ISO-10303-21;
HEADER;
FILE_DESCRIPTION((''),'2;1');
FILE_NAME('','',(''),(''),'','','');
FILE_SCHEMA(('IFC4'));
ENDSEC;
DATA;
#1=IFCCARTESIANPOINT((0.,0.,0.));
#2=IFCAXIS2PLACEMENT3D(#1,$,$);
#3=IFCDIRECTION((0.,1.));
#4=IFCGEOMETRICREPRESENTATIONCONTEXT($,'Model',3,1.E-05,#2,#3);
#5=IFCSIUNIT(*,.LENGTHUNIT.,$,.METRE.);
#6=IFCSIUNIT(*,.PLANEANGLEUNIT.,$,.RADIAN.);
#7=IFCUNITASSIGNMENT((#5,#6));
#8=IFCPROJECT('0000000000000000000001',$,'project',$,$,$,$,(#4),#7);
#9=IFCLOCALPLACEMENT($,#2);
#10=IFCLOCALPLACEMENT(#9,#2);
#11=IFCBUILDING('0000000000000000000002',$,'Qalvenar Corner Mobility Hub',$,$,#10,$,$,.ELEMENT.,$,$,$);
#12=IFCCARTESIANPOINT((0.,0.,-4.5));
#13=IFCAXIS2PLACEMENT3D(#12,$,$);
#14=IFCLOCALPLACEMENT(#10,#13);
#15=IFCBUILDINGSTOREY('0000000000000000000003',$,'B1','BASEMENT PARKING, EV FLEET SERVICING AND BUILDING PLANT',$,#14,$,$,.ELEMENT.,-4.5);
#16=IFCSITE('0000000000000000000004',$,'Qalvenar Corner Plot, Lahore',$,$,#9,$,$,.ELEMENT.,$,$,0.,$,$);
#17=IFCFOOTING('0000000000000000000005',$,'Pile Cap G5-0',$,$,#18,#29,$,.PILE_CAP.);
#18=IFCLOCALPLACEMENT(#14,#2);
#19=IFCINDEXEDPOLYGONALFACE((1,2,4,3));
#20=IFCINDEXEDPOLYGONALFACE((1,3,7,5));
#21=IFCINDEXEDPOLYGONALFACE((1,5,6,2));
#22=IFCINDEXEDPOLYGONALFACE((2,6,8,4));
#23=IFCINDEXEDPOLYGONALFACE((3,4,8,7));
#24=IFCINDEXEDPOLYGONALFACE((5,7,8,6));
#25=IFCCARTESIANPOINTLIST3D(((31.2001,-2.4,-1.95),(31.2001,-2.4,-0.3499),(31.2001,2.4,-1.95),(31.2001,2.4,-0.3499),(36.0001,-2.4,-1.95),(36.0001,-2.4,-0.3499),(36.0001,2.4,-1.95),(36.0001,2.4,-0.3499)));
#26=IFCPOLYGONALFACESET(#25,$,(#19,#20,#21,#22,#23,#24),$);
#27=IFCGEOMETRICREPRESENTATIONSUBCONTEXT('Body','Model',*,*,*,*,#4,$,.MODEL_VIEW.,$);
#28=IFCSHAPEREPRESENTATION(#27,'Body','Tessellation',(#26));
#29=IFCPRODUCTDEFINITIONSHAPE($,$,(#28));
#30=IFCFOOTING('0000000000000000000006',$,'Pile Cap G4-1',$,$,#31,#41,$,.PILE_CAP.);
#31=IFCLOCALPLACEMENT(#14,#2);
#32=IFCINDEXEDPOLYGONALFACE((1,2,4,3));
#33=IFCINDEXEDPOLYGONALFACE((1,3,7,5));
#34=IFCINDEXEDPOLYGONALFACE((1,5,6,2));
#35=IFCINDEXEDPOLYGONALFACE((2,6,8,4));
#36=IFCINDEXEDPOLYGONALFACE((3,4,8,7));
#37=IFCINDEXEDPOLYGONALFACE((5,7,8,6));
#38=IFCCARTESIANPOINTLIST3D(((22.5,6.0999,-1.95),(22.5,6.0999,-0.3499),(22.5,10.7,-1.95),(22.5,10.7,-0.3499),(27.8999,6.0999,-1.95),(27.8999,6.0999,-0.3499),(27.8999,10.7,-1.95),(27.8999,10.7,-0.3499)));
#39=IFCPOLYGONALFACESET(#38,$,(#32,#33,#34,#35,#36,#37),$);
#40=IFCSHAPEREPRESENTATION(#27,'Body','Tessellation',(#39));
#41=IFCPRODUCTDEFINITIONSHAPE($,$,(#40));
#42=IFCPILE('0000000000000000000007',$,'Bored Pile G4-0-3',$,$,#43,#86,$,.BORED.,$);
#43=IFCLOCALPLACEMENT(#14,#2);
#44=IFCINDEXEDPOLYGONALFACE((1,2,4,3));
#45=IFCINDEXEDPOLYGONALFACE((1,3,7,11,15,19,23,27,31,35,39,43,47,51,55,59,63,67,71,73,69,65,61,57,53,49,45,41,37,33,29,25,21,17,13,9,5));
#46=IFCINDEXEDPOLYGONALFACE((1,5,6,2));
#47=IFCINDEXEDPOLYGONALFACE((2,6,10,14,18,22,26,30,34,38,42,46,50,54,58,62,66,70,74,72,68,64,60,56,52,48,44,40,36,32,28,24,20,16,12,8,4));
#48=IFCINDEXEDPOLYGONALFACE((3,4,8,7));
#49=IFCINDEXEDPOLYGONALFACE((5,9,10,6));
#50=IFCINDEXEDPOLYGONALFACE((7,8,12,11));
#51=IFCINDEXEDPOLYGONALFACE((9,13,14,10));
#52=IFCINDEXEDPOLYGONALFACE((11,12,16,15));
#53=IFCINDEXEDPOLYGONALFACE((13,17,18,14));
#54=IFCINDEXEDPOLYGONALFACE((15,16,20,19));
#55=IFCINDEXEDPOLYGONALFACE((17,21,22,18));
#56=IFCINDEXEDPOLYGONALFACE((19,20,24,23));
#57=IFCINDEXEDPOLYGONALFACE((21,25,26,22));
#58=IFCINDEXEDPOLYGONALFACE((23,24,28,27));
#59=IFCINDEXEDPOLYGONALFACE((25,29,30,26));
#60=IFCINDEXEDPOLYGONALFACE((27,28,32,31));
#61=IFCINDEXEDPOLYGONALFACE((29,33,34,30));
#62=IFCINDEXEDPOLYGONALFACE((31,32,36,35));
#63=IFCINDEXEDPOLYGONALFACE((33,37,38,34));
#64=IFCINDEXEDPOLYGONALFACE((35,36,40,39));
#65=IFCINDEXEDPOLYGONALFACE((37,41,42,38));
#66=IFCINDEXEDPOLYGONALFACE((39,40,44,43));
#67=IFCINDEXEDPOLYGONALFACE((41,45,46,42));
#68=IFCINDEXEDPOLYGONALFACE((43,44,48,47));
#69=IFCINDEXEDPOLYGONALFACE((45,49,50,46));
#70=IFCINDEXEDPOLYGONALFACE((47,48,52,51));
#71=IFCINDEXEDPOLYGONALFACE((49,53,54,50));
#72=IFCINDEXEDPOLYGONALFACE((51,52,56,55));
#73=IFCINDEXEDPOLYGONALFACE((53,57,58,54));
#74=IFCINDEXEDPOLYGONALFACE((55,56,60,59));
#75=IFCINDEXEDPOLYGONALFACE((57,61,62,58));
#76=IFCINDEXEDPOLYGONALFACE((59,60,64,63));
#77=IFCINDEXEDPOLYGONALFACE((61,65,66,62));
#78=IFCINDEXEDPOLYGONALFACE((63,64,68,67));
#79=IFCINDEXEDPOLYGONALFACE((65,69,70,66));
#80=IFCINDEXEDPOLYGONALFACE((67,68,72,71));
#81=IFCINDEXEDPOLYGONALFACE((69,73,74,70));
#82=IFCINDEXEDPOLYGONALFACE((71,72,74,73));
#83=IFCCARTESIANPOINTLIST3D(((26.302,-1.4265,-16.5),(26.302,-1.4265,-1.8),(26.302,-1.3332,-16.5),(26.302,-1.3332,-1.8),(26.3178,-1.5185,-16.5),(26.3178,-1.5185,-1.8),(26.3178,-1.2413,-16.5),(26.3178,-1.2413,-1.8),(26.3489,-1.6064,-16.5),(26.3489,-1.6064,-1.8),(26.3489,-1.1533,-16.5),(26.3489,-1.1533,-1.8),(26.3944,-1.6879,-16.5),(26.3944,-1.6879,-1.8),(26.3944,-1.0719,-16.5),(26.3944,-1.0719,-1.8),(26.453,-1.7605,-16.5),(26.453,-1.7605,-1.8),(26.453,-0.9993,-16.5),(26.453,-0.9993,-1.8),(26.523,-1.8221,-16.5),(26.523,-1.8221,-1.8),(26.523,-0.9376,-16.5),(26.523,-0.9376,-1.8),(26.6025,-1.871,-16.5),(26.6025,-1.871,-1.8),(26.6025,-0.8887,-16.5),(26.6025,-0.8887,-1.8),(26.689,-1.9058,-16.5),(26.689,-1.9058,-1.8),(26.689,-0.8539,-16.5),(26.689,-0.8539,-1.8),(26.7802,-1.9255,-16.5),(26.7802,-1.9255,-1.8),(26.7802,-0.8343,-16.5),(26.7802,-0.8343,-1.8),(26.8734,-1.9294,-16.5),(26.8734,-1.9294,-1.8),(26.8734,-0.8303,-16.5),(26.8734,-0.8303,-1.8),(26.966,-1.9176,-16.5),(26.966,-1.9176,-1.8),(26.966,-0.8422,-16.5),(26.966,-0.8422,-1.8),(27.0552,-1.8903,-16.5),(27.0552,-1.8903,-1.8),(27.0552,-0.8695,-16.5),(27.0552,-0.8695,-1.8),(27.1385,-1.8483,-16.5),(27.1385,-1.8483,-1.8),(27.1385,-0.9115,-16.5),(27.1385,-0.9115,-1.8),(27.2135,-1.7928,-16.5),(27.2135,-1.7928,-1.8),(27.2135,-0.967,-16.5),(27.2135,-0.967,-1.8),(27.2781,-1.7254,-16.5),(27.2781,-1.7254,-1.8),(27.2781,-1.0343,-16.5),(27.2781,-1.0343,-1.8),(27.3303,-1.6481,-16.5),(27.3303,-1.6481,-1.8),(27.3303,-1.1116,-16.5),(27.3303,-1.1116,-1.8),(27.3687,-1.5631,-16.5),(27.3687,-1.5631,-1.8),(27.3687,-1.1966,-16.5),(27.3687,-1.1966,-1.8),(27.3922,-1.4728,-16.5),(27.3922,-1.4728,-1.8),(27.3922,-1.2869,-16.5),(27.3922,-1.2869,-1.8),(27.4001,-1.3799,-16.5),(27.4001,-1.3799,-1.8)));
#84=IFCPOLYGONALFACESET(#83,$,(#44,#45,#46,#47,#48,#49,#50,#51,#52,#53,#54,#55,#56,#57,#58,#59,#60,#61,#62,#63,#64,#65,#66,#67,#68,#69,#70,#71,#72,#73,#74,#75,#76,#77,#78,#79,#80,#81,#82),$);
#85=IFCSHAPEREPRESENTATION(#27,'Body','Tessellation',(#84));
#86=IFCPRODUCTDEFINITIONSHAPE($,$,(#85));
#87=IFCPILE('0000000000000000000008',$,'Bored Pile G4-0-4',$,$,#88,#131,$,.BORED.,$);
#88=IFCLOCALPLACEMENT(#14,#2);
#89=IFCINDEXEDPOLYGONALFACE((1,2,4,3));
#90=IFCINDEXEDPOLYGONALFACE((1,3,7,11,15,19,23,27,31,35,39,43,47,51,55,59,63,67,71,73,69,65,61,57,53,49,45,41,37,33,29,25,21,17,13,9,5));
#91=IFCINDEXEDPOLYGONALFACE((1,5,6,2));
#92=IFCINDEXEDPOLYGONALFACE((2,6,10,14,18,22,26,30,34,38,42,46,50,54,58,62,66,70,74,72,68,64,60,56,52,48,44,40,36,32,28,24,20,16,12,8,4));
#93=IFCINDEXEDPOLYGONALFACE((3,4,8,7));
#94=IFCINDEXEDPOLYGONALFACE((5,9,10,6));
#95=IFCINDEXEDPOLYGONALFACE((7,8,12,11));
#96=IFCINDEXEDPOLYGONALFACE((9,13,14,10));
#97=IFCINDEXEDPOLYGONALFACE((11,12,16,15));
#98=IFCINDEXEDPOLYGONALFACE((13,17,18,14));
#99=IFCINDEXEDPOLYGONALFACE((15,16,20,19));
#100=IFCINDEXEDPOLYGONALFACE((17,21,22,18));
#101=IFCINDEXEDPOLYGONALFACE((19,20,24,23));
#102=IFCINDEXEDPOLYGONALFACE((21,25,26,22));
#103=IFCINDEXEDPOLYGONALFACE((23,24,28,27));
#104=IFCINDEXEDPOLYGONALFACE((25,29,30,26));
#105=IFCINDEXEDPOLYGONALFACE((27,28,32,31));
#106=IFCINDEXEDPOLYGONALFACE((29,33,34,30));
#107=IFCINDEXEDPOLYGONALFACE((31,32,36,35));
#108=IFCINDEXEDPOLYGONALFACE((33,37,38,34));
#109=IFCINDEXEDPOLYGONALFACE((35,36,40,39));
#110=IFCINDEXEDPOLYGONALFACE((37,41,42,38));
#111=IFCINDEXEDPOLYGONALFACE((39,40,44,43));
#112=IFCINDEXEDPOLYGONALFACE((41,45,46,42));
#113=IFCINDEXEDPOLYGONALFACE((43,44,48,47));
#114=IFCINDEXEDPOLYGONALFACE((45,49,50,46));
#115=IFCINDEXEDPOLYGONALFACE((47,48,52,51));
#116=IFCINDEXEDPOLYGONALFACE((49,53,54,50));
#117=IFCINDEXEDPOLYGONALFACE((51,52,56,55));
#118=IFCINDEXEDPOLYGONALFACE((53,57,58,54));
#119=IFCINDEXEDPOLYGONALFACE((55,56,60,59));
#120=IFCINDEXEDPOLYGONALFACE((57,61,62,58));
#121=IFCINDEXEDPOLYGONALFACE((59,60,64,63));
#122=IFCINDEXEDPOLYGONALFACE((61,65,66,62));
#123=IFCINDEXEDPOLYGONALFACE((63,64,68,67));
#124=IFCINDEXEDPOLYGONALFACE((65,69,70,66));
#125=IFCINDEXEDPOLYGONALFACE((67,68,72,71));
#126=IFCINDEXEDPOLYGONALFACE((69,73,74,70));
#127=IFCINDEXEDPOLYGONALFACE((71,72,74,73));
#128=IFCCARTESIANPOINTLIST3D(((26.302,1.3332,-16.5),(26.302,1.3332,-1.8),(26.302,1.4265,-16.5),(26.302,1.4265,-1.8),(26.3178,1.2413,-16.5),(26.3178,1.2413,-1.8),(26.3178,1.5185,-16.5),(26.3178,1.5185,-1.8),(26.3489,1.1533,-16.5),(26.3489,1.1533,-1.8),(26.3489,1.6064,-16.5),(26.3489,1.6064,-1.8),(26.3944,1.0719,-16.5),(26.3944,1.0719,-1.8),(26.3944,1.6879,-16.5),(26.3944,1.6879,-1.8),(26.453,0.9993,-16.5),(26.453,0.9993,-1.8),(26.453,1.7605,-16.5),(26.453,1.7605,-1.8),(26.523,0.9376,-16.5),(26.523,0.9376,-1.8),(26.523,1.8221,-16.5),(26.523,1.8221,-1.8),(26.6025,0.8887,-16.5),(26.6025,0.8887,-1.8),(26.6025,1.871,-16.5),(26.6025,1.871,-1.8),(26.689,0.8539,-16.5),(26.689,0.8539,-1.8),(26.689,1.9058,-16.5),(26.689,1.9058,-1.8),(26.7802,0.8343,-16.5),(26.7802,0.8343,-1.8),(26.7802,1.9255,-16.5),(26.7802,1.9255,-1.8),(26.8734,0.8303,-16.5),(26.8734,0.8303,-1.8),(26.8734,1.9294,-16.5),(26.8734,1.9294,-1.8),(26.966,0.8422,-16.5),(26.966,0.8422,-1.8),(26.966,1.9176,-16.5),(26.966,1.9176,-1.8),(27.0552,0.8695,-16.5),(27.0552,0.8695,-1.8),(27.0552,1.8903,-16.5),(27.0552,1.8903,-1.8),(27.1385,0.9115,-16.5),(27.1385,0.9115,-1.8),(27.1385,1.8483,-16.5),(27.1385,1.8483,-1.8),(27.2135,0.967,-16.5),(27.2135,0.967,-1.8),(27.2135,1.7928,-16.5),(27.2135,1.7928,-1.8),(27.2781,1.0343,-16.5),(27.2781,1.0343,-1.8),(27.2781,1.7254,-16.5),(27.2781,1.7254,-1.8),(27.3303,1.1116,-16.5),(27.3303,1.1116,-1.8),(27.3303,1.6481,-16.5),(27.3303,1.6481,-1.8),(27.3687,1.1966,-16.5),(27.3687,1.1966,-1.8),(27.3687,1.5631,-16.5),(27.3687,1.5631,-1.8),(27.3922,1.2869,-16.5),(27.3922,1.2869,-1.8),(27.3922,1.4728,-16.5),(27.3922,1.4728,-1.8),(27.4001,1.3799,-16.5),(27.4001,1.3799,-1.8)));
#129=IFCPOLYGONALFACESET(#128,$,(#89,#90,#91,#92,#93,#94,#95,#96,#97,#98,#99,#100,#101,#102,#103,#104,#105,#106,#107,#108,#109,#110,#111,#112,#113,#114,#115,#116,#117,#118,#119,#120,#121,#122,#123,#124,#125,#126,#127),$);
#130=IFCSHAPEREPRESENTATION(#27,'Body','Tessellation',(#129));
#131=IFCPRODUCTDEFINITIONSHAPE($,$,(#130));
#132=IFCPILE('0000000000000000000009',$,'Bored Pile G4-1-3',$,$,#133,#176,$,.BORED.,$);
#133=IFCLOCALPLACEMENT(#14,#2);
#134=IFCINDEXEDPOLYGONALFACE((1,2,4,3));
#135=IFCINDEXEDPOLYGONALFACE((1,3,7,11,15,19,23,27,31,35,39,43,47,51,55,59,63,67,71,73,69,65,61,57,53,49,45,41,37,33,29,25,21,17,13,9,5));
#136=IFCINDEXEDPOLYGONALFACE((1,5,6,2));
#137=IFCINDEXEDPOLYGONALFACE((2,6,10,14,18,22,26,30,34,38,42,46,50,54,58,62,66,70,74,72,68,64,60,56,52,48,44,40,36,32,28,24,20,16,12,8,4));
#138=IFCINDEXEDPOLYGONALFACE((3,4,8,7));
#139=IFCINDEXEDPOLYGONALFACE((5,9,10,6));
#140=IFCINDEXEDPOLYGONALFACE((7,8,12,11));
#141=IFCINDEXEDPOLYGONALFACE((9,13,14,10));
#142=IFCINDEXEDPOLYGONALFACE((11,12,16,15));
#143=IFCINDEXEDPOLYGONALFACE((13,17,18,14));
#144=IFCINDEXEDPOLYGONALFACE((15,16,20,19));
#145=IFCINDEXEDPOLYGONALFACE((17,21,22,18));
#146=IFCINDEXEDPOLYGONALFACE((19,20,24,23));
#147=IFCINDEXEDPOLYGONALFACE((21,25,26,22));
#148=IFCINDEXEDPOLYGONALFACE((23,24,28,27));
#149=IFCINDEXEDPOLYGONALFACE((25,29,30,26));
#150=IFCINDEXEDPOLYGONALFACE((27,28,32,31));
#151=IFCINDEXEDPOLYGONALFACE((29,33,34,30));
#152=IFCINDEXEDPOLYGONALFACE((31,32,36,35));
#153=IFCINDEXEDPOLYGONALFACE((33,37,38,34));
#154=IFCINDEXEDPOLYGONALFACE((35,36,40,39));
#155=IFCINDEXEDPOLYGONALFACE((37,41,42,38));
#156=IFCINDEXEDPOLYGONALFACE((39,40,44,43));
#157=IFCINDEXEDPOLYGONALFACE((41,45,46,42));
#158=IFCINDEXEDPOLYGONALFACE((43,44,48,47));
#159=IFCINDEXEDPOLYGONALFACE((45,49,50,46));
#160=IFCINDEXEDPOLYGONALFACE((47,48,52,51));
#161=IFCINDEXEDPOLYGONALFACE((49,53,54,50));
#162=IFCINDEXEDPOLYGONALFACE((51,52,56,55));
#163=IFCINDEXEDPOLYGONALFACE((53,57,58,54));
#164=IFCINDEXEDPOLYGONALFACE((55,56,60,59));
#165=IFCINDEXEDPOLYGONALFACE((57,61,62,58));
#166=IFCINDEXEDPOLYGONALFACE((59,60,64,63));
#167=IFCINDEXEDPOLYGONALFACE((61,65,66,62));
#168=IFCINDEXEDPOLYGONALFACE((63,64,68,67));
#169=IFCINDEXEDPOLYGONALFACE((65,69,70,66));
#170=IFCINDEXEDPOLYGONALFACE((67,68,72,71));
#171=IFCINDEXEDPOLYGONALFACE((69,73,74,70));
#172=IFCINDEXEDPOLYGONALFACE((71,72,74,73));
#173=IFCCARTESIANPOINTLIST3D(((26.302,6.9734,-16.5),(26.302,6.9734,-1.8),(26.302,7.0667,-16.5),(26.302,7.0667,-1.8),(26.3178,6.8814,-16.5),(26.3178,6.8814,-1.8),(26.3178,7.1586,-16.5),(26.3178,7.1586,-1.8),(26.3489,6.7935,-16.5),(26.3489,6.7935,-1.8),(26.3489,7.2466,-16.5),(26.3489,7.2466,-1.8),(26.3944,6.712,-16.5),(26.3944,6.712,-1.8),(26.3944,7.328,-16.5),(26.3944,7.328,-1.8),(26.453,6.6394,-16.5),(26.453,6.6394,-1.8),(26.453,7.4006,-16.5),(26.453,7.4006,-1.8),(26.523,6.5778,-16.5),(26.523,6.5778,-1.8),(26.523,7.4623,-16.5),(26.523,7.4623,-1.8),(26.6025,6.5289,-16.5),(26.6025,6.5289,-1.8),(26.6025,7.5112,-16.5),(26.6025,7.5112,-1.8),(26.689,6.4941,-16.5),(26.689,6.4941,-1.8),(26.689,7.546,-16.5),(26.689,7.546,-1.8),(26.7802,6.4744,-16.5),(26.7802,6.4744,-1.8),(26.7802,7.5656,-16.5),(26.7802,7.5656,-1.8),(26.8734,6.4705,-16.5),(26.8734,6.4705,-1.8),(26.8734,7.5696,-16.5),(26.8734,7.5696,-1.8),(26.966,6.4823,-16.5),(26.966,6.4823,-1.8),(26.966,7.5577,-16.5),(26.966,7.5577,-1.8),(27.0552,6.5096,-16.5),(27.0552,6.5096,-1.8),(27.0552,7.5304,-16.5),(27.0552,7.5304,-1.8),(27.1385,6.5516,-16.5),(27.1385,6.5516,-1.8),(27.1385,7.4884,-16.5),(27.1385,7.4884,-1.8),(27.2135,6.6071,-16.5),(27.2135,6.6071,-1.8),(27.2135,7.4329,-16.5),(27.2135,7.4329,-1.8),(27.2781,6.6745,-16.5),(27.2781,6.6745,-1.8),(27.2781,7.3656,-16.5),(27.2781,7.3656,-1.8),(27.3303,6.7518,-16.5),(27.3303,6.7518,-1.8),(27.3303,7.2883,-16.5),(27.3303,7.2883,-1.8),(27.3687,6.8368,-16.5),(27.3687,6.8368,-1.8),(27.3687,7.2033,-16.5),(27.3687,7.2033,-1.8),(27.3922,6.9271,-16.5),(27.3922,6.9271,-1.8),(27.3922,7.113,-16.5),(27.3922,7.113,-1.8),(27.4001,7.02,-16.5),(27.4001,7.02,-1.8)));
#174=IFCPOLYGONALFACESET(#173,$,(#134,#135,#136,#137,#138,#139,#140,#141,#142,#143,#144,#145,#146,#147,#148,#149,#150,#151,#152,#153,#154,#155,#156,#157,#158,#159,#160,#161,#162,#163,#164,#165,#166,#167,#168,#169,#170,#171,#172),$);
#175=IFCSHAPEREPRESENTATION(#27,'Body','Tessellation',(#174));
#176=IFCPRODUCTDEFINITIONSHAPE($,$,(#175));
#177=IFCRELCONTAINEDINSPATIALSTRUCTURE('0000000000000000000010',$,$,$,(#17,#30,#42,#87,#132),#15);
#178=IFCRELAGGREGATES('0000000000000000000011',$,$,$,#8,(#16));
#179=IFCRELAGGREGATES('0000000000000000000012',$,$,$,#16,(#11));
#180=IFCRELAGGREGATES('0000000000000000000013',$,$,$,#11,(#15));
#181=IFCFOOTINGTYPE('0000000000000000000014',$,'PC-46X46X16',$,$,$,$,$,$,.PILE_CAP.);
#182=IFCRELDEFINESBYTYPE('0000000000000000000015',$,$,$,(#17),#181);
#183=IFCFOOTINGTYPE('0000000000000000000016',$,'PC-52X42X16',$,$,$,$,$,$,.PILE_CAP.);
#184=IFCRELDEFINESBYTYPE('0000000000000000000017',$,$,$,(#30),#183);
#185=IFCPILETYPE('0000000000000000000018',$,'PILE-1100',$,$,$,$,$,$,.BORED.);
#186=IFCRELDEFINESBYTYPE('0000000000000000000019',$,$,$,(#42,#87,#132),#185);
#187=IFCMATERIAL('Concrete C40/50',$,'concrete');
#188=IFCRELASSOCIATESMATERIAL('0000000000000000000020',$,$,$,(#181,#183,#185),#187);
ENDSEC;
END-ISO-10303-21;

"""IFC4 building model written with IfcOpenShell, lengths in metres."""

from ifc_helpers import new_model, si_unit, direction, frame, origin, origin_2d, place, context, subcontext, project, spatial, rectangle, circle, extrude, material, material_profile, profile_set, type_object, element, save


model = new_model("IFC4")

# Units and contexts
model_context = context("Model", 3, precision=1e-05, world=origin(), true_north=direction((0.0, 1.0)))
body_context = subcontext(model_context, "Body", "Model", "MODEL_VIEW")
ifc_project = project(units=[si_unit("LENGTHUNIT", "METRE"), si_unit("PLANEANGLEUNIT", "RADIAN")], contexts=[model_context])

# Site, building, storey
site_placement = place(None, origin())
site = spatial("IfcSite", under=ifc_project, at=site_placement, Name="Qalvenar Corner Plot, Lahore", CompositionType="ELEMENT", RefElevation=0.0)
building_placement = place(site_placement, origin())
building = spatial("IfcBuilding", under=site, at=building_placement, Name="Qalvenar Corner Mobility Hub", CompositionType="ELEMENT")
storey_placement = place(building_placement, frame((0.0, 0.0, -4.5)))
storey = spatial("IfcBuildingStorey", under=building, at=storey_placement, Name="B1", Description="BASEMENT PARKING, EV FLEET SERVICING AND BUILDING PLANT", CompositionType="ELEMENT", Elevation=-4.5)

# Footings
ifc_material_1 = material(Name="Concrete C40/50", Category="concrete")
footing_type_1 = type_object("IfcFootingType", Name="PC-46X46X16", PredefinedType="PILE_CAP", material=ifc_material_1)
footing_1_placement = place(storey_placement, frame((33.6001, 0.0, -1.95), z_axis=(0.0, 0.0, 1.0), x_axis=(1.0, 0.0, 0.0)))
element("IfcFooting", 1, at=footing_1_placement, inside=storey, type_object=footing_type_1, Name="Pile Cap G5-0", PredefinedType="PILE_CAP", context=body_context, shape_type="SweptSolid", body=[
    extrude(rectangle(XDim=4.8, YDim=4.8, at=origin_2d()), origin(), (0.0, 0.0, 1.0), 1.6001),
])
footing_type_2 = type_object("IfcFootingType", Name="PC-52X42X16", PredefinedType="PILE_CAP", material=ifc_material_1)
footing_2_placement = place(storey_placement, frame((25.2, 8.3999, -1.95), z_axis=(0.0, 0.0, 1.0), x_axis=(1.0, 0.0, 0.0)))
element("IfcFooting", 2, at=footing_2_placement, inside=storey, type_object=footing_type_2, Name="Pile Cap G4-1", PredefinedType="PILE_CAP", context=body_context, shape_type="SweptSolid", body=[
    extrude(rectangle(XDim=5.3999, YDim=4.6001, at=origin_2d()), origin(), (0.0, 0.0, 1.0), 1.6001),
])

# Piles
ifc_material_profile_1 = material_profile(ifc_material_1, circle(Radius=0.55, at=origin_2d()), Name="DIA1100")
ifc_profile_set_1 = profile_set([ifc_material_profile_1], Name="Concrete C40/50")
pile_type_1 = type_object("IfcPileType", Name="PILE-1100", PredefinedType="BORED", material=ifc_profile_set_1)
for number, where, z_axis, x_axis, name in (
    (3, (26.8501, -1.3799, -1.8), (0.0, 0.0, -1.0), (1.0, 0.0, 0.0), "Bored Pile G4-0-3"),
    (4, (26.8501, 1.3799, -1.8), (0.0, 0.0, -1.0), (1.0, 0.0, 0.0), "Bored Pile G4-0-4"),
    (5, (26.8501, 7.02, -1.8), (0.0, 0.0, -1.0), (1.0, 0.0, 0.0), "Bored Pile G4-1-3"),
):
    element("IfcPile", number, at=place(storey_placement, frame(where, z_axis=z_axis, x_axis=x_axis)), inside=storey, type_object=pile_type_1, Name=name, PredefinedType="BORED", context=body_context, shape_type="SweptSolid", body=[
        extrude(circle(Radius=0.55, at=origin_2d()), origin(), (0.0, 0.0, 1.0), 14.7),
    ])

save(model, "model.ifc")
